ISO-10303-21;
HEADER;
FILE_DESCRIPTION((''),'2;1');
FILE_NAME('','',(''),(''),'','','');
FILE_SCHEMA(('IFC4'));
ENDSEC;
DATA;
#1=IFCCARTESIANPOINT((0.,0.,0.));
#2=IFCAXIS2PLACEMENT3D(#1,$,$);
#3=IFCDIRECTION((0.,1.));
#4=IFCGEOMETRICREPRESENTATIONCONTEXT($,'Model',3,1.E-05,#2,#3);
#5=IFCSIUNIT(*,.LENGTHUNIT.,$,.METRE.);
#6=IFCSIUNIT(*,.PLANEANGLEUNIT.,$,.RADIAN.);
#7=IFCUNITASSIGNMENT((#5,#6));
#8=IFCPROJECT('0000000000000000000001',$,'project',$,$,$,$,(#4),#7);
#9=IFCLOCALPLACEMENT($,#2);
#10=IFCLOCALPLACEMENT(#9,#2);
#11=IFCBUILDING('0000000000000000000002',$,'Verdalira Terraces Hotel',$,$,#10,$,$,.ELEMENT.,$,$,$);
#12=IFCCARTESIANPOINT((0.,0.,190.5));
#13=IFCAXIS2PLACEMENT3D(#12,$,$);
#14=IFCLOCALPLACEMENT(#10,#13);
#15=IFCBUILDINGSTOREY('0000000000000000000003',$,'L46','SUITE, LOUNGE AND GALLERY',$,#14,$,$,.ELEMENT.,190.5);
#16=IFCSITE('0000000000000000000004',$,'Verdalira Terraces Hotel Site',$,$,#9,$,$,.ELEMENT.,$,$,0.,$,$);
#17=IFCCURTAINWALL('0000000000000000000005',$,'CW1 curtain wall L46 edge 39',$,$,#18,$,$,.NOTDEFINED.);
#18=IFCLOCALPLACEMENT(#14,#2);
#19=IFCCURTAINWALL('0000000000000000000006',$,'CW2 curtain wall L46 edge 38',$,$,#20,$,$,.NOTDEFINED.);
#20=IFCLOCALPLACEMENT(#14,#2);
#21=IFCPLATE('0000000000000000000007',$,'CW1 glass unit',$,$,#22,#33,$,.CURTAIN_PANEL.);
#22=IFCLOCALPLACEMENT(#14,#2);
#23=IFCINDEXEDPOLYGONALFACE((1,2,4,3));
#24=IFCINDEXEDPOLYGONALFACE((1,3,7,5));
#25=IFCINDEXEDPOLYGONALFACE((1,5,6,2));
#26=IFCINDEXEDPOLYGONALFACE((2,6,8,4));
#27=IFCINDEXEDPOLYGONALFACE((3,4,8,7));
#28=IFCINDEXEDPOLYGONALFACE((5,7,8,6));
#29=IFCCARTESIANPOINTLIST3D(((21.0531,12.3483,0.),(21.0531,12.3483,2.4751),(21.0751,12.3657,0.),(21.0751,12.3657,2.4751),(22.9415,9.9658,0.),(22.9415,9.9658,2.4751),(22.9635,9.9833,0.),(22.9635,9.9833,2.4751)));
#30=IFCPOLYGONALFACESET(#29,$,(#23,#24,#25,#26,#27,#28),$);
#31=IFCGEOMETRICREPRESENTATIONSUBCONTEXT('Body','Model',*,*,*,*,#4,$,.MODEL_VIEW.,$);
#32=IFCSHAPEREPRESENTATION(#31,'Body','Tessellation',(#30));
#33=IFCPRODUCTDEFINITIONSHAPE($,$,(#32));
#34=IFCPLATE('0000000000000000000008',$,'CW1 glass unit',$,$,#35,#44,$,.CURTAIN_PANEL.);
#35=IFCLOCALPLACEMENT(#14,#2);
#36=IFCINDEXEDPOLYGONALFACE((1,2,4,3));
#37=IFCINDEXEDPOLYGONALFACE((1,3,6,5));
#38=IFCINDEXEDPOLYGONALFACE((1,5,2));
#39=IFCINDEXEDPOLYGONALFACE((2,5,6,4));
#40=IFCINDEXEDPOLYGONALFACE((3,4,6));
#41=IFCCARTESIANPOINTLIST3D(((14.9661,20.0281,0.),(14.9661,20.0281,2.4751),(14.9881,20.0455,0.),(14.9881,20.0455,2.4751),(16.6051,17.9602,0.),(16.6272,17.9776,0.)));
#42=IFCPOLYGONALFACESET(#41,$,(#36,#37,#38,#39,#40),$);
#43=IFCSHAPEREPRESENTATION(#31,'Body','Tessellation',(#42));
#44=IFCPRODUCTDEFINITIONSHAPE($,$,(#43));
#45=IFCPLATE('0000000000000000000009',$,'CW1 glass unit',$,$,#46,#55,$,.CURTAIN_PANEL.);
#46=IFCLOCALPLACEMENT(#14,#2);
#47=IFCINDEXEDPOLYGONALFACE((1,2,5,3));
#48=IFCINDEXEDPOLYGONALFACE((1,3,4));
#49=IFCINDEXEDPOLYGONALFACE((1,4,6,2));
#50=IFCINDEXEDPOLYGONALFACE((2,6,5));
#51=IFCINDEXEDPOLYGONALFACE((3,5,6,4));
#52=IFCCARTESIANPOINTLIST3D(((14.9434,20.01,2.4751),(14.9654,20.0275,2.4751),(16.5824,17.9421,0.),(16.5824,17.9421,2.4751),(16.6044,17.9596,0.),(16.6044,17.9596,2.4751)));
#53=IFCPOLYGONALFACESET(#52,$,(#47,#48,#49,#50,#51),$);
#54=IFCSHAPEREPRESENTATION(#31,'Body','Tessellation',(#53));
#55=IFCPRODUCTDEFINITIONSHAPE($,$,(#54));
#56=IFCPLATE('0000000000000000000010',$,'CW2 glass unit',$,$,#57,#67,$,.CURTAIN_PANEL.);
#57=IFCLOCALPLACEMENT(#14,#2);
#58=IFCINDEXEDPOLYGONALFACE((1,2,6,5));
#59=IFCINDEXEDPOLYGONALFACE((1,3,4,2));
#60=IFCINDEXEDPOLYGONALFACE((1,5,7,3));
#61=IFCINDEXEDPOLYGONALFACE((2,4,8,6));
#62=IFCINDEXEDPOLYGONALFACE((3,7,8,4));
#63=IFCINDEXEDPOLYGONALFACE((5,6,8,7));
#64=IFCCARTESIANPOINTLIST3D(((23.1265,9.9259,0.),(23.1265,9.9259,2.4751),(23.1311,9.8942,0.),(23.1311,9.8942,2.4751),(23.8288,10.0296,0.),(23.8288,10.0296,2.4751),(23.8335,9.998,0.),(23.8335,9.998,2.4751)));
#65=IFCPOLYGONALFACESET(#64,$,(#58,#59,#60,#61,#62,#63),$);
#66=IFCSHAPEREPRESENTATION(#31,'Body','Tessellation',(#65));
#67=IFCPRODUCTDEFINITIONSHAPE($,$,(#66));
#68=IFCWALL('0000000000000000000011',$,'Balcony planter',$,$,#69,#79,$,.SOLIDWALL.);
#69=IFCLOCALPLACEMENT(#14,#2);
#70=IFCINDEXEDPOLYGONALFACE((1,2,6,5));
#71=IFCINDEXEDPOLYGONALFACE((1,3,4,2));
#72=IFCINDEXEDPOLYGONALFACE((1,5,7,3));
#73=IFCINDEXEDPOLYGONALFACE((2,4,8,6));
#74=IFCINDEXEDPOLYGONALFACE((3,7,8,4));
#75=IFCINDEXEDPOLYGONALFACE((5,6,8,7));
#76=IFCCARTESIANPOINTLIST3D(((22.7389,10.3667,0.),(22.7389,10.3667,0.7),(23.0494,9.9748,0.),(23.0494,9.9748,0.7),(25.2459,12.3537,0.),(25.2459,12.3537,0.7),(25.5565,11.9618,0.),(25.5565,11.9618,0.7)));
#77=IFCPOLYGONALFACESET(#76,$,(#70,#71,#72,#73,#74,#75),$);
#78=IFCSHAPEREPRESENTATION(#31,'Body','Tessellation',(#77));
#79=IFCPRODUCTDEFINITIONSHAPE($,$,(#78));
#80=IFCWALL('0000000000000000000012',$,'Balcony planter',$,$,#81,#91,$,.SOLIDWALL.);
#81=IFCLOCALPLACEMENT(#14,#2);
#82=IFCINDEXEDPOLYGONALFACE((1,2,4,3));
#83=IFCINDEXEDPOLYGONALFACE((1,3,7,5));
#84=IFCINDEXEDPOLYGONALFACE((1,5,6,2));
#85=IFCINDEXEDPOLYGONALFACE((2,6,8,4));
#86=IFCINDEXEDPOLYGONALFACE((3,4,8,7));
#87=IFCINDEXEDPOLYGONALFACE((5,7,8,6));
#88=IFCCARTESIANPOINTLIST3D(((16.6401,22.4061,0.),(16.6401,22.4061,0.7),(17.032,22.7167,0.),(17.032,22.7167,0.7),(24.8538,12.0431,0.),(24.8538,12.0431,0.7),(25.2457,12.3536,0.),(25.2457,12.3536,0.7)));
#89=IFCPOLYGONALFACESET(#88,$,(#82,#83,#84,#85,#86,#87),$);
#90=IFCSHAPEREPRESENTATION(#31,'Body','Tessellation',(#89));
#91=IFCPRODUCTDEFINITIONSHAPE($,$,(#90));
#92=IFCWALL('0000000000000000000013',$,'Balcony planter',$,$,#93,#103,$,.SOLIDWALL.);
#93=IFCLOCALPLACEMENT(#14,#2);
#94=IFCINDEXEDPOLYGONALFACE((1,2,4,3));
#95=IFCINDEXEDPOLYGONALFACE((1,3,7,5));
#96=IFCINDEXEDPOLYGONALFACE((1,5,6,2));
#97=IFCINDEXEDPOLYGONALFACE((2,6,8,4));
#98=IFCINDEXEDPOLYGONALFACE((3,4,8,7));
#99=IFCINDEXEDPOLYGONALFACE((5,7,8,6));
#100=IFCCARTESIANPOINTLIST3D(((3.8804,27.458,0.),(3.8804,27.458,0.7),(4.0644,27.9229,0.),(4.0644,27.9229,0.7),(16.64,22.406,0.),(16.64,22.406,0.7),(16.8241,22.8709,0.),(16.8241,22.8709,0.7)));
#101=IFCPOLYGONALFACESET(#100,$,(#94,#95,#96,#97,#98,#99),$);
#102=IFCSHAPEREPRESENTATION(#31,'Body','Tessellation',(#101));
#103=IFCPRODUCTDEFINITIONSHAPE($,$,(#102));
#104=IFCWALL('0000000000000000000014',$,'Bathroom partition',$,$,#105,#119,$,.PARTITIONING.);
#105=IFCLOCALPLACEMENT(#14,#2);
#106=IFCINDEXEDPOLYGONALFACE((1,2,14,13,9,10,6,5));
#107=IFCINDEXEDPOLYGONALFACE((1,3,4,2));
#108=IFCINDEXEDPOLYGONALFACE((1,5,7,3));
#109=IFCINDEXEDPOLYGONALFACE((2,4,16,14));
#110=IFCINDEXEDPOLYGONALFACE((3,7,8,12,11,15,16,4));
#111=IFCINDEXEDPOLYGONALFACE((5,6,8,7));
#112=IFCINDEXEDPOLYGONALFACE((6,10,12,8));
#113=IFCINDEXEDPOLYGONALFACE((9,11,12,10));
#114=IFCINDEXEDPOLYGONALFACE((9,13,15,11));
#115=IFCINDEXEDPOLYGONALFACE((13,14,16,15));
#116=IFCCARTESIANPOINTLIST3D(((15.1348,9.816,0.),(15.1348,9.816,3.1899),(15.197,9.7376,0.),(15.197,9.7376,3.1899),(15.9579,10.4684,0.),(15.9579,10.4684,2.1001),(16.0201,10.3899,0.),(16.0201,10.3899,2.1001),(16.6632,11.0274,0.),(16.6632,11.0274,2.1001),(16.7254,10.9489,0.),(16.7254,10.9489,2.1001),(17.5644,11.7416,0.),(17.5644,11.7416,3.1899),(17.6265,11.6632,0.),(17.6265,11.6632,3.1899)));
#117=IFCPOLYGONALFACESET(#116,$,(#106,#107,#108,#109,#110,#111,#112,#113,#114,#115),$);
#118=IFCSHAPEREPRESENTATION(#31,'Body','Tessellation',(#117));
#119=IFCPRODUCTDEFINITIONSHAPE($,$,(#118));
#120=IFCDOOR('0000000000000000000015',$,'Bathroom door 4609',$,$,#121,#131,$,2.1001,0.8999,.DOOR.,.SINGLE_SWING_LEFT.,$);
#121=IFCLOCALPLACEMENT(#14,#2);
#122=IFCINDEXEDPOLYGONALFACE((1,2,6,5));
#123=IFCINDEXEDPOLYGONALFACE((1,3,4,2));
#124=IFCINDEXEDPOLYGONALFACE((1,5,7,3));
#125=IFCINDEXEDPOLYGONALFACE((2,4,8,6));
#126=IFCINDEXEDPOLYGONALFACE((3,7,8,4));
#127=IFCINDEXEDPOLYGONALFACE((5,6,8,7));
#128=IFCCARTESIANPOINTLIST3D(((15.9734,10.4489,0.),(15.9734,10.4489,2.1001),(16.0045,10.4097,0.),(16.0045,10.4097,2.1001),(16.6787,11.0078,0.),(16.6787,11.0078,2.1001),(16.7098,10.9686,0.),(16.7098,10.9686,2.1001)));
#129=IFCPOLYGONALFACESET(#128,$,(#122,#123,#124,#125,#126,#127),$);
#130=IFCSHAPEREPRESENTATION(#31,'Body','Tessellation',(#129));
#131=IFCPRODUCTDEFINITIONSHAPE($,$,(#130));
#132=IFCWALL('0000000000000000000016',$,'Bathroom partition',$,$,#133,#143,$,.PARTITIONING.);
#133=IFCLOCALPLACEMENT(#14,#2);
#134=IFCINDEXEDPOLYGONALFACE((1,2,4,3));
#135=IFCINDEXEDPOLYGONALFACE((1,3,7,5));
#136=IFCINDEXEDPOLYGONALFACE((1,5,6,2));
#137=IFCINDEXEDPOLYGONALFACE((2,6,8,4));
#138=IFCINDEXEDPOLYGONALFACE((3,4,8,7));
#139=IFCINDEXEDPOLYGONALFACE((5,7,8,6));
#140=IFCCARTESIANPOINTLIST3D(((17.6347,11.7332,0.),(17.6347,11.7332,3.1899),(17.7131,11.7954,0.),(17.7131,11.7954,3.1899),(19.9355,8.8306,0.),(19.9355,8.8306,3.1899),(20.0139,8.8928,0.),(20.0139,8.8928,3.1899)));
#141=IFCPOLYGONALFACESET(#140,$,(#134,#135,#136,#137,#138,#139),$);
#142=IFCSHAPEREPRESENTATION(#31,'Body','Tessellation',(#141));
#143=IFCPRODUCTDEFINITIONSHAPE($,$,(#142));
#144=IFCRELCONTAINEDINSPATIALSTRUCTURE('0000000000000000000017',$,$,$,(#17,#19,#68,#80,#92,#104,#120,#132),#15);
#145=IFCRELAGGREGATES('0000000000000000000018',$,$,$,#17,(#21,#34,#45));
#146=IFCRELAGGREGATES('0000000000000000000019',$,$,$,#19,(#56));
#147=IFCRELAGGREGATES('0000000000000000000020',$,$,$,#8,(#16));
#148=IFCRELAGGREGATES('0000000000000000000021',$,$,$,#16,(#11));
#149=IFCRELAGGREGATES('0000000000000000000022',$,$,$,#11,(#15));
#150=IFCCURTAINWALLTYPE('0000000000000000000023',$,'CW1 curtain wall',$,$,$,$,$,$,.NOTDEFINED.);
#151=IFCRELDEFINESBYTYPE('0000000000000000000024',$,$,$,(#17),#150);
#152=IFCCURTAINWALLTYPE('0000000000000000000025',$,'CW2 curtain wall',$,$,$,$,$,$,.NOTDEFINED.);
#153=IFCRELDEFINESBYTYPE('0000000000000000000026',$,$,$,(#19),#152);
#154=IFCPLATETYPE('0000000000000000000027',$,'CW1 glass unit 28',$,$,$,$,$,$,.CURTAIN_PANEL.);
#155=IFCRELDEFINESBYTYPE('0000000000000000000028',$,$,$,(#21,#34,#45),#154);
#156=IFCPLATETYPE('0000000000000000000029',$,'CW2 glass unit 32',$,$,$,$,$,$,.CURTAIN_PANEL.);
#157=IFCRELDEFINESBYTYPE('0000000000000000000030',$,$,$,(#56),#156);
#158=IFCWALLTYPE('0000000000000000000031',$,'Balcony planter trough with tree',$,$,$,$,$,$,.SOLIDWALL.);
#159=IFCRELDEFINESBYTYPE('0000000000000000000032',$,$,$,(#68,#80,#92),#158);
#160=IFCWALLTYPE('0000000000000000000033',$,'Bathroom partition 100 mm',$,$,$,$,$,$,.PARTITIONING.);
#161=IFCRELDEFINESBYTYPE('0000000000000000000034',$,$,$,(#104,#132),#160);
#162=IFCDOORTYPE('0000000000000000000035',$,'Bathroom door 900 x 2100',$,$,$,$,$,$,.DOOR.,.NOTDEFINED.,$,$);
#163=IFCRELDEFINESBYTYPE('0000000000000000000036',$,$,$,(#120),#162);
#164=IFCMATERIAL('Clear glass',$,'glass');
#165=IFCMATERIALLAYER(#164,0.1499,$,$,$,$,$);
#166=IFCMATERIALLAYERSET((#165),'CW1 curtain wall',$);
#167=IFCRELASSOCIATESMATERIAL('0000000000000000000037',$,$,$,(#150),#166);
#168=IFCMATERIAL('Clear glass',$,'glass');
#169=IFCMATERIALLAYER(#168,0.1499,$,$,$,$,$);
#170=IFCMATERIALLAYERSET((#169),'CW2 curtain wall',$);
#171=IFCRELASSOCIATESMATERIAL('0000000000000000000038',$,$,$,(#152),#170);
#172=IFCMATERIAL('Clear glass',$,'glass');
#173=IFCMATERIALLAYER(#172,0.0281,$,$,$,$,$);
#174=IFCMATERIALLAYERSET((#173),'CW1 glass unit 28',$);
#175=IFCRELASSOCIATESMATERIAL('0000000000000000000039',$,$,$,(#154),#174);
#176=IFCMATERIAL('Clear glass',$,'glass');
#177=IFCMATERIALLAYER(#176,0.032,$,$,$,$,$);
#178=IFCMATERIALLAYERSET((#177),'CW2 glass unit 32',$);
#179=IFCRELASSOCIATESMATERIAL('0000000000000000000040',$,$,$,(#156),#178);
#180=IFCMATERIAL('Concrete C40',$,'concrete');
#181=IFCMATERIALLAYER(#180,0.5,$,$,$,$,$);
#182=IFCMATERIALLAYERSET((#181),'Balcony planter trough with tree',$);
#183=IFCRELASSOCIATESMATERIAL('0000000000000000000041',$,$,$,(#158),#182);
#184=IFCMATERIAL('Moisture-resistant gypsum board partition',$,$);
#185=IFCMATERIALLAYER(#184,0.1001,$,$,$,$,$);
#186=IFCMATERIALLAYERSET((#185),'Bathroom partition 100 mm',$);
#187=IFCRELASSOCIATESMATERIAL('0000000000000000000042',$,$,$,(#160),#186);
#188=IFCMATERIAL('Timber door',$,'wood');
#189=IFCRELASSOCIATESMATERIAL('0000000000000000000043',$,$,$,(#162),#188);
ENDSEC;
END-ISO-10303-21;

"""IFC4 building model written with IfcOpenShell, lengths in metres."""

from ifc_helpers import new_model, si_unit, direction, frame, frame_2d, origin, origin_2d, place, context, subcontext, project, spatial, polyline, rectangle, outline, extrude, material, layer, layer_set, type_object, element, fill, aggregate, save


model = new_model("IFC4")

# Units and contexts
model_context = context("Model", 3, precision=1e-05, world=origin(), true_north=direction((0.0, 1.0)))
body_context = subcontext(model_context, "Body", "Model", "MODEL_VIEW")
ifc_project = project(units=[si_unit("LENGTHUNIT", "METRE"), si_unit("PLANEANGLEUNIT", "RADIAN")], contexts=[model_context])

# Site, building, storey
site_placement = place(None, origin())
site = spatial("IfcSite", under=ifc_project, at=site_placement, Name="Verdalira Terraces Hotel Site", CompositionType="ELEMENT", RefElevation=0.0)
building_placement = place(site_placement, origin())
building = spatial("IfcBuilding", under=site, at=building_placement, Name="Verdalira Terraces Hotel", CompositionType="ELEMENT")
storey_placement = place(building_placement, frame((0.0, 0.0, 190.5)))
storey = spatial("IfcBuildingStorey", under=building, at=storey_placement, Name="L46", Description="SUITE, LOUNGE AND GALLERY", CompositionType="ELEMENT", Elevation=190.5)

# Curtain walls
ifc_material_1 = material(Name="Clear glass", Category="glass")
ifc_layer_1 = layer(ifc_material_1, 0.1499)
ifc_layer_set_1 = layer_set([ifc_layer_1], Name="CW1 curtain wall")
curtain_wall_type_1 = type_object("IfcCurtainWallType", Name="CW1 curtain wall", PredefinedType="NOTDEFINED", material=ifc_layer_set_1)
curtain_wall_1_placement = place(storey_placement, origin())
curtain_wall_1 = element("IfcCurtainWall", 1, at=curtain_wall_1_placement, inside=storey, type_object=curtain_wall_type_1, Name="CW1 curtain wall L46 edge 39", PredefinedType="NOTDEFINED")
ifc_material_2 = material(Name="Clear glass", Category="glass")
ifc_layer_2 = layer(ifc_material_2, 0.1499)
ifc_layer_set_2 = layer_set([ifc_layer_2], Name="CW2 curtain wall")
curtain_wall_type_2 = type_object("IfcCurtainWallType", Name="CW2 curtain wall", PredefinedType="NOTDEFINED", material=ifc_layer_set_2)
curtain_wall_2_placement = place(storey_placement, origin())
curtain_wall_2 = element("IfcCurtainWall", 2, at=curtain_wall_2_placement, inside=storey, type_object=curtain_wall_type_2, Name="CW2 curtain wall L46 edge 38", PredefinedType="NOTDEFINED")

# Plates
ifc_material_3 = material(Name="Clear glass", Category="glass")
ifc_layer_3 = layer(ifc_material_3, 0.0281)
ifc_layer_set_3 = layer_set([ifc_layer_3], Name="CW1 glass unit 28")
plate_type_1 = type_object("IfcPlateType", Name="CW1 glass unit 28", PredefinedType="CURTAIN_PANEL", material=ifc_layer_set_3)
plate_1_placement = place(storey_placement, frame((22.0083, 11.1658, 0.0), z_axis=(0.0, 0.0, 1.0), x_axis=(-0.621148, 0.783693, 0.0)))
plate_1 = element("IfcPlate", 3, at=plate_1_placement, type_object=plate_type_1, Name="CW1 glass unit", PredefinedType="CURTAIN_PANEL", context=body_context, shape_type="SweptSolid", body=[
    extrude(rectangle(XDim=3.04, YDim=0.0281, at=origin_2d()), origin(), (0.0, 0.0, 1.0), 2.4751),
])
plate_2_placement = place(storey_placement, frame((15.7856, 18.9941, 1.2375), z_axis=(0.783693, 0.621148, 0.0), x_axis=(-0.621148, 0.783693, 0.0)))
plate_2 = element("IfcPlate", 4, at=plate_2_placement, type_object=plate_type_1, Name="CW1 glass unit", PredefinedType="CURTAIN_PANEL", context=body_context, shape_type="SweptSolid", body=[
    extrude(outline(polyline([(-1.3193, -1.2375), (1.3193, -1.2375), (1.3193, 1.2375), (-1.3193, -1.2375)])), origin(), (0.0, 0.0, 1.0), 0.0281),
])
plate_3_placement = place(storey_placement, frame((15.7629, 18.9761, 1.2375), z_axis=(0.783693, 0.621148, 0.0), x_axis=(-0.621148, 0.783693, 0.0)))
plate_3 = element("IfcPlate", 5, at=plate_3_placement, type_object=plate_type_1, Name="CW1 glass unit", PredefinedType="CURTAIN_PANEL", context=body_context, shape_type="SweptSolid", body=[
    extrude(outline(polyline([(-1.3193, -1.2375), (1.3193, 1.2375), (-1.3193, 1.2375), (-1.3193, -1.2375)])), origin(), (0.0, 0.0, 1.0), 0.0281),
])
aggregate(curtain_wall_1, [plate_1, plate_2, plate_3])
ifc_material_4 = material(Name="Clear glass", Category="glass")
ifc_layer_4 = layer(ifc_material_4, 0.032)
ifc_layer_set_4 = layer_set([ifc_layer_4], Name="CW2 glass unit 32")
plate_type_2 = type_object("IfcPlateType", Name="CW2 glass unit 32", PredefinedType="CURTAIN_PANEL", material=ifc_layer_set_4)
plate_4_placement = place(storey_placement, frame((23.48, 9.9619, 0.0), z_axis=(0.0, 0.0, 1.0), x_axis=(-0.989272, -0.146083, 0.0)))
plate_4 = element("IfcPlate", 6, at=plate_4_placement, type_object=plate_type_2, Name="CW2 glass unit", PredefinedType="CURTAIN_PANEL", context=body_context, shape_type="SweptSolid", body=[
    extrude(rectangle(XDim=0.71, YDim=0.032, at=origin_2d()), origin(), (0.0, 0.0, 1.0), 2.4751),
])
aggregate(curtain_wall_2, [plate_4])

# Walls
ifc_material_5 = material(Name="Concrete C40", Category="concrete")
ifc_layer_5 = layer(ifc_material_5, 0.5)
ifc_layer_set_5 = layer_set([ifc_layer_5], Name="Balcony planter trough with tree")
wall_type_1 = type_object("IfcWallType", Name="Balcony planter trough with tree", PredefinedType="SOLIDWALL", material=ifc_layer_set_5)
wall_1_placement = place(storey_placement, frame((22.894, 10.1707, 0.0), z_axis=(0.0, 0.0, 1.0), x_axis=(0.783698, 0.621143, 0.0)))
element("IfcWall", 7, at=wall_1_placement, inside=storey, type_object=wall_type_1, Name="Balcony planter", PredefinedType="SOLIDWALL", context=body_context, shape_type="SweptSolid", body=[
    extrude(rectangle(XDim=3.199, YDim=0.5, at=frame_2d((1.5996, 0.0))), origin(), (0.0, 0.0, 1.0), 0.7),
])
wall_2_placement = place(storey_placement, frame((25.0498, 12.1982, 0.0), z_axis=(0.0, 0.0, 1.0), x_axis=(-0.621147, 0.783694, 0.0)))
element("IfcWall", 8, at=wall_2_placement, inside=storey, type_object=wall_type_1, Name="Balcony planter", PredefinedType="SOLIDWALL", context=body_context, shape_type="SweptSolid", body=[
    extrude(rectangle(XDim=13.2234, YDim=0.5, at=frame_2d((6.6118, 0.0))), origin(), (0.0, 0.0, 1.0), 0.7),
])
wall_3_placement = place(storey_placement, frame((16.7322, 22.6384, 0.0), z_axis=(0.0, 0.0, 1.0), x_axis=(-0.929775, 0.368128, 0.0)))
element("IfcWall", 9, at=wall_3_placement, inside=storey, type_object=wall_type_1, Name="Balcony planter", PredefinedType="SOLIDWALL", context=body_context, shape_type="SweptSolid", body=[
    extrude(rectangle(XDim=13.7234, YDim=0.5, at=frame_2d((6.8618, 0.0))), origin(), (0.0, 0.0, 1.0), 0.7),
])

# Wall, opening, door
ifc_material_6 = material(Name="Moisture-resistant gypsum board partition")
ifc_layer_6 = layer(ifc_material_6, 0.1001)
ifc_layer_set_6 = layer_set([ifc_layer_6], Name="Bathroom partition 100 mm")
wall_type_2 = type_object("IfcWallType", Name="Bathroom partition 100 mm", PredefinedType="PARTITIONING", material=ifc_layer_set_6)
wall_4_placement = place(storey_placement, frame((17.5955, 11.7024, 0.0), z_axis=(0.0, 0.0, 1.0), x_axis=(-0.783696, -0.621145, 0.0)))
wall_4 = element("IfcWall", 10, at=wall_4_placement, inside=storey, type_object=wall_type_2, Name="Bathroom partition", PredefinedType="PARTITIONING", context=body_context, shape_type="SweptSolid", body=[
    extrude(rectangle(XDim=3.1001, YDim=0.1001, at=frame_2d((1.55, 0.0))), origin(), (0.0, 0.0, 1.0), 3.1899),
])
opening_1_placement = place(wall_4_placement, frame((1.1499, 0.0, 0.0)))
opening_1 = element("IfcOpeningElement", 11, at=opening_1_placement, cuts=wall_4, PredefinedType="OPENING", context=body_context, shape_type="SweptSolid", body=[
    extrude(rectangle(XDim=0.8999, YDim=2.1001, at=frame_2d((0.45, 1.05))), frame((0.0, 0.0601, 0.0), z_axis=(0.0, -1.0, 0.0), x_axis=(1.0, 0.0, 0.0)), (0.0, 0.0, 1.0), 0.1201),
])
ifc_material_7 = material(Name="Timber door", Category="wood")
door_type_1 = type_object("IfcDoorType", Name="Bathroom door 900 x 2100", OperationType="NOTDEFINED", PredefinedType="DOOR", material=ifc_material_7)
door_1_placement = place(opening_1_placement, origin())
door_1 = element("IfcDoor", 12, at=door_1_placement, inside=storey, type_object=door_type_1, Name="Bathroom door 4609", OperationType="SINGLE_SWING_LEFT", OverallHeight=2.1001, OverallWidth=0.8999, PredefinedType="DOOR", context=body_context, shape_type="SweptSolid", body=[
    extrude(rectangle(XDim=0.8999, YDim=2.1001, at=frame_2d((0.45, 1.05))), frame((0.0, 0.0249, 0.0), z_axis=(0.0, -1.0, 0.0), x_axis=(1.0, 0.0, 0.0)), (0.0, 0.0, 1.0), 0.05),
])
fill(opening_1, door_1)

# Wall
wall_5_placement = place(storey_placement, frame((17.6738, 11.7644, 0.0), z_axis=(0.0, 0.0, 1.0), x_axis=(0.621184, -0.783665, 0.0)))
element("IfcWall", 13, at=wall_5_placement, inside=storey, type_object=wall_type_2, Name="Bathroom partition", PredefinedType="PARTITIONING", context=body_context, shape_type="SweptSolid", body=[
    extrude(rectangle(XDim=3.7039, YDim=0.1001, at=frame_2d((1.8521, 0.0))), origin(), (0.0, 0.0, 1.0), 3.1899),
])

save(model, "model.ifc")
